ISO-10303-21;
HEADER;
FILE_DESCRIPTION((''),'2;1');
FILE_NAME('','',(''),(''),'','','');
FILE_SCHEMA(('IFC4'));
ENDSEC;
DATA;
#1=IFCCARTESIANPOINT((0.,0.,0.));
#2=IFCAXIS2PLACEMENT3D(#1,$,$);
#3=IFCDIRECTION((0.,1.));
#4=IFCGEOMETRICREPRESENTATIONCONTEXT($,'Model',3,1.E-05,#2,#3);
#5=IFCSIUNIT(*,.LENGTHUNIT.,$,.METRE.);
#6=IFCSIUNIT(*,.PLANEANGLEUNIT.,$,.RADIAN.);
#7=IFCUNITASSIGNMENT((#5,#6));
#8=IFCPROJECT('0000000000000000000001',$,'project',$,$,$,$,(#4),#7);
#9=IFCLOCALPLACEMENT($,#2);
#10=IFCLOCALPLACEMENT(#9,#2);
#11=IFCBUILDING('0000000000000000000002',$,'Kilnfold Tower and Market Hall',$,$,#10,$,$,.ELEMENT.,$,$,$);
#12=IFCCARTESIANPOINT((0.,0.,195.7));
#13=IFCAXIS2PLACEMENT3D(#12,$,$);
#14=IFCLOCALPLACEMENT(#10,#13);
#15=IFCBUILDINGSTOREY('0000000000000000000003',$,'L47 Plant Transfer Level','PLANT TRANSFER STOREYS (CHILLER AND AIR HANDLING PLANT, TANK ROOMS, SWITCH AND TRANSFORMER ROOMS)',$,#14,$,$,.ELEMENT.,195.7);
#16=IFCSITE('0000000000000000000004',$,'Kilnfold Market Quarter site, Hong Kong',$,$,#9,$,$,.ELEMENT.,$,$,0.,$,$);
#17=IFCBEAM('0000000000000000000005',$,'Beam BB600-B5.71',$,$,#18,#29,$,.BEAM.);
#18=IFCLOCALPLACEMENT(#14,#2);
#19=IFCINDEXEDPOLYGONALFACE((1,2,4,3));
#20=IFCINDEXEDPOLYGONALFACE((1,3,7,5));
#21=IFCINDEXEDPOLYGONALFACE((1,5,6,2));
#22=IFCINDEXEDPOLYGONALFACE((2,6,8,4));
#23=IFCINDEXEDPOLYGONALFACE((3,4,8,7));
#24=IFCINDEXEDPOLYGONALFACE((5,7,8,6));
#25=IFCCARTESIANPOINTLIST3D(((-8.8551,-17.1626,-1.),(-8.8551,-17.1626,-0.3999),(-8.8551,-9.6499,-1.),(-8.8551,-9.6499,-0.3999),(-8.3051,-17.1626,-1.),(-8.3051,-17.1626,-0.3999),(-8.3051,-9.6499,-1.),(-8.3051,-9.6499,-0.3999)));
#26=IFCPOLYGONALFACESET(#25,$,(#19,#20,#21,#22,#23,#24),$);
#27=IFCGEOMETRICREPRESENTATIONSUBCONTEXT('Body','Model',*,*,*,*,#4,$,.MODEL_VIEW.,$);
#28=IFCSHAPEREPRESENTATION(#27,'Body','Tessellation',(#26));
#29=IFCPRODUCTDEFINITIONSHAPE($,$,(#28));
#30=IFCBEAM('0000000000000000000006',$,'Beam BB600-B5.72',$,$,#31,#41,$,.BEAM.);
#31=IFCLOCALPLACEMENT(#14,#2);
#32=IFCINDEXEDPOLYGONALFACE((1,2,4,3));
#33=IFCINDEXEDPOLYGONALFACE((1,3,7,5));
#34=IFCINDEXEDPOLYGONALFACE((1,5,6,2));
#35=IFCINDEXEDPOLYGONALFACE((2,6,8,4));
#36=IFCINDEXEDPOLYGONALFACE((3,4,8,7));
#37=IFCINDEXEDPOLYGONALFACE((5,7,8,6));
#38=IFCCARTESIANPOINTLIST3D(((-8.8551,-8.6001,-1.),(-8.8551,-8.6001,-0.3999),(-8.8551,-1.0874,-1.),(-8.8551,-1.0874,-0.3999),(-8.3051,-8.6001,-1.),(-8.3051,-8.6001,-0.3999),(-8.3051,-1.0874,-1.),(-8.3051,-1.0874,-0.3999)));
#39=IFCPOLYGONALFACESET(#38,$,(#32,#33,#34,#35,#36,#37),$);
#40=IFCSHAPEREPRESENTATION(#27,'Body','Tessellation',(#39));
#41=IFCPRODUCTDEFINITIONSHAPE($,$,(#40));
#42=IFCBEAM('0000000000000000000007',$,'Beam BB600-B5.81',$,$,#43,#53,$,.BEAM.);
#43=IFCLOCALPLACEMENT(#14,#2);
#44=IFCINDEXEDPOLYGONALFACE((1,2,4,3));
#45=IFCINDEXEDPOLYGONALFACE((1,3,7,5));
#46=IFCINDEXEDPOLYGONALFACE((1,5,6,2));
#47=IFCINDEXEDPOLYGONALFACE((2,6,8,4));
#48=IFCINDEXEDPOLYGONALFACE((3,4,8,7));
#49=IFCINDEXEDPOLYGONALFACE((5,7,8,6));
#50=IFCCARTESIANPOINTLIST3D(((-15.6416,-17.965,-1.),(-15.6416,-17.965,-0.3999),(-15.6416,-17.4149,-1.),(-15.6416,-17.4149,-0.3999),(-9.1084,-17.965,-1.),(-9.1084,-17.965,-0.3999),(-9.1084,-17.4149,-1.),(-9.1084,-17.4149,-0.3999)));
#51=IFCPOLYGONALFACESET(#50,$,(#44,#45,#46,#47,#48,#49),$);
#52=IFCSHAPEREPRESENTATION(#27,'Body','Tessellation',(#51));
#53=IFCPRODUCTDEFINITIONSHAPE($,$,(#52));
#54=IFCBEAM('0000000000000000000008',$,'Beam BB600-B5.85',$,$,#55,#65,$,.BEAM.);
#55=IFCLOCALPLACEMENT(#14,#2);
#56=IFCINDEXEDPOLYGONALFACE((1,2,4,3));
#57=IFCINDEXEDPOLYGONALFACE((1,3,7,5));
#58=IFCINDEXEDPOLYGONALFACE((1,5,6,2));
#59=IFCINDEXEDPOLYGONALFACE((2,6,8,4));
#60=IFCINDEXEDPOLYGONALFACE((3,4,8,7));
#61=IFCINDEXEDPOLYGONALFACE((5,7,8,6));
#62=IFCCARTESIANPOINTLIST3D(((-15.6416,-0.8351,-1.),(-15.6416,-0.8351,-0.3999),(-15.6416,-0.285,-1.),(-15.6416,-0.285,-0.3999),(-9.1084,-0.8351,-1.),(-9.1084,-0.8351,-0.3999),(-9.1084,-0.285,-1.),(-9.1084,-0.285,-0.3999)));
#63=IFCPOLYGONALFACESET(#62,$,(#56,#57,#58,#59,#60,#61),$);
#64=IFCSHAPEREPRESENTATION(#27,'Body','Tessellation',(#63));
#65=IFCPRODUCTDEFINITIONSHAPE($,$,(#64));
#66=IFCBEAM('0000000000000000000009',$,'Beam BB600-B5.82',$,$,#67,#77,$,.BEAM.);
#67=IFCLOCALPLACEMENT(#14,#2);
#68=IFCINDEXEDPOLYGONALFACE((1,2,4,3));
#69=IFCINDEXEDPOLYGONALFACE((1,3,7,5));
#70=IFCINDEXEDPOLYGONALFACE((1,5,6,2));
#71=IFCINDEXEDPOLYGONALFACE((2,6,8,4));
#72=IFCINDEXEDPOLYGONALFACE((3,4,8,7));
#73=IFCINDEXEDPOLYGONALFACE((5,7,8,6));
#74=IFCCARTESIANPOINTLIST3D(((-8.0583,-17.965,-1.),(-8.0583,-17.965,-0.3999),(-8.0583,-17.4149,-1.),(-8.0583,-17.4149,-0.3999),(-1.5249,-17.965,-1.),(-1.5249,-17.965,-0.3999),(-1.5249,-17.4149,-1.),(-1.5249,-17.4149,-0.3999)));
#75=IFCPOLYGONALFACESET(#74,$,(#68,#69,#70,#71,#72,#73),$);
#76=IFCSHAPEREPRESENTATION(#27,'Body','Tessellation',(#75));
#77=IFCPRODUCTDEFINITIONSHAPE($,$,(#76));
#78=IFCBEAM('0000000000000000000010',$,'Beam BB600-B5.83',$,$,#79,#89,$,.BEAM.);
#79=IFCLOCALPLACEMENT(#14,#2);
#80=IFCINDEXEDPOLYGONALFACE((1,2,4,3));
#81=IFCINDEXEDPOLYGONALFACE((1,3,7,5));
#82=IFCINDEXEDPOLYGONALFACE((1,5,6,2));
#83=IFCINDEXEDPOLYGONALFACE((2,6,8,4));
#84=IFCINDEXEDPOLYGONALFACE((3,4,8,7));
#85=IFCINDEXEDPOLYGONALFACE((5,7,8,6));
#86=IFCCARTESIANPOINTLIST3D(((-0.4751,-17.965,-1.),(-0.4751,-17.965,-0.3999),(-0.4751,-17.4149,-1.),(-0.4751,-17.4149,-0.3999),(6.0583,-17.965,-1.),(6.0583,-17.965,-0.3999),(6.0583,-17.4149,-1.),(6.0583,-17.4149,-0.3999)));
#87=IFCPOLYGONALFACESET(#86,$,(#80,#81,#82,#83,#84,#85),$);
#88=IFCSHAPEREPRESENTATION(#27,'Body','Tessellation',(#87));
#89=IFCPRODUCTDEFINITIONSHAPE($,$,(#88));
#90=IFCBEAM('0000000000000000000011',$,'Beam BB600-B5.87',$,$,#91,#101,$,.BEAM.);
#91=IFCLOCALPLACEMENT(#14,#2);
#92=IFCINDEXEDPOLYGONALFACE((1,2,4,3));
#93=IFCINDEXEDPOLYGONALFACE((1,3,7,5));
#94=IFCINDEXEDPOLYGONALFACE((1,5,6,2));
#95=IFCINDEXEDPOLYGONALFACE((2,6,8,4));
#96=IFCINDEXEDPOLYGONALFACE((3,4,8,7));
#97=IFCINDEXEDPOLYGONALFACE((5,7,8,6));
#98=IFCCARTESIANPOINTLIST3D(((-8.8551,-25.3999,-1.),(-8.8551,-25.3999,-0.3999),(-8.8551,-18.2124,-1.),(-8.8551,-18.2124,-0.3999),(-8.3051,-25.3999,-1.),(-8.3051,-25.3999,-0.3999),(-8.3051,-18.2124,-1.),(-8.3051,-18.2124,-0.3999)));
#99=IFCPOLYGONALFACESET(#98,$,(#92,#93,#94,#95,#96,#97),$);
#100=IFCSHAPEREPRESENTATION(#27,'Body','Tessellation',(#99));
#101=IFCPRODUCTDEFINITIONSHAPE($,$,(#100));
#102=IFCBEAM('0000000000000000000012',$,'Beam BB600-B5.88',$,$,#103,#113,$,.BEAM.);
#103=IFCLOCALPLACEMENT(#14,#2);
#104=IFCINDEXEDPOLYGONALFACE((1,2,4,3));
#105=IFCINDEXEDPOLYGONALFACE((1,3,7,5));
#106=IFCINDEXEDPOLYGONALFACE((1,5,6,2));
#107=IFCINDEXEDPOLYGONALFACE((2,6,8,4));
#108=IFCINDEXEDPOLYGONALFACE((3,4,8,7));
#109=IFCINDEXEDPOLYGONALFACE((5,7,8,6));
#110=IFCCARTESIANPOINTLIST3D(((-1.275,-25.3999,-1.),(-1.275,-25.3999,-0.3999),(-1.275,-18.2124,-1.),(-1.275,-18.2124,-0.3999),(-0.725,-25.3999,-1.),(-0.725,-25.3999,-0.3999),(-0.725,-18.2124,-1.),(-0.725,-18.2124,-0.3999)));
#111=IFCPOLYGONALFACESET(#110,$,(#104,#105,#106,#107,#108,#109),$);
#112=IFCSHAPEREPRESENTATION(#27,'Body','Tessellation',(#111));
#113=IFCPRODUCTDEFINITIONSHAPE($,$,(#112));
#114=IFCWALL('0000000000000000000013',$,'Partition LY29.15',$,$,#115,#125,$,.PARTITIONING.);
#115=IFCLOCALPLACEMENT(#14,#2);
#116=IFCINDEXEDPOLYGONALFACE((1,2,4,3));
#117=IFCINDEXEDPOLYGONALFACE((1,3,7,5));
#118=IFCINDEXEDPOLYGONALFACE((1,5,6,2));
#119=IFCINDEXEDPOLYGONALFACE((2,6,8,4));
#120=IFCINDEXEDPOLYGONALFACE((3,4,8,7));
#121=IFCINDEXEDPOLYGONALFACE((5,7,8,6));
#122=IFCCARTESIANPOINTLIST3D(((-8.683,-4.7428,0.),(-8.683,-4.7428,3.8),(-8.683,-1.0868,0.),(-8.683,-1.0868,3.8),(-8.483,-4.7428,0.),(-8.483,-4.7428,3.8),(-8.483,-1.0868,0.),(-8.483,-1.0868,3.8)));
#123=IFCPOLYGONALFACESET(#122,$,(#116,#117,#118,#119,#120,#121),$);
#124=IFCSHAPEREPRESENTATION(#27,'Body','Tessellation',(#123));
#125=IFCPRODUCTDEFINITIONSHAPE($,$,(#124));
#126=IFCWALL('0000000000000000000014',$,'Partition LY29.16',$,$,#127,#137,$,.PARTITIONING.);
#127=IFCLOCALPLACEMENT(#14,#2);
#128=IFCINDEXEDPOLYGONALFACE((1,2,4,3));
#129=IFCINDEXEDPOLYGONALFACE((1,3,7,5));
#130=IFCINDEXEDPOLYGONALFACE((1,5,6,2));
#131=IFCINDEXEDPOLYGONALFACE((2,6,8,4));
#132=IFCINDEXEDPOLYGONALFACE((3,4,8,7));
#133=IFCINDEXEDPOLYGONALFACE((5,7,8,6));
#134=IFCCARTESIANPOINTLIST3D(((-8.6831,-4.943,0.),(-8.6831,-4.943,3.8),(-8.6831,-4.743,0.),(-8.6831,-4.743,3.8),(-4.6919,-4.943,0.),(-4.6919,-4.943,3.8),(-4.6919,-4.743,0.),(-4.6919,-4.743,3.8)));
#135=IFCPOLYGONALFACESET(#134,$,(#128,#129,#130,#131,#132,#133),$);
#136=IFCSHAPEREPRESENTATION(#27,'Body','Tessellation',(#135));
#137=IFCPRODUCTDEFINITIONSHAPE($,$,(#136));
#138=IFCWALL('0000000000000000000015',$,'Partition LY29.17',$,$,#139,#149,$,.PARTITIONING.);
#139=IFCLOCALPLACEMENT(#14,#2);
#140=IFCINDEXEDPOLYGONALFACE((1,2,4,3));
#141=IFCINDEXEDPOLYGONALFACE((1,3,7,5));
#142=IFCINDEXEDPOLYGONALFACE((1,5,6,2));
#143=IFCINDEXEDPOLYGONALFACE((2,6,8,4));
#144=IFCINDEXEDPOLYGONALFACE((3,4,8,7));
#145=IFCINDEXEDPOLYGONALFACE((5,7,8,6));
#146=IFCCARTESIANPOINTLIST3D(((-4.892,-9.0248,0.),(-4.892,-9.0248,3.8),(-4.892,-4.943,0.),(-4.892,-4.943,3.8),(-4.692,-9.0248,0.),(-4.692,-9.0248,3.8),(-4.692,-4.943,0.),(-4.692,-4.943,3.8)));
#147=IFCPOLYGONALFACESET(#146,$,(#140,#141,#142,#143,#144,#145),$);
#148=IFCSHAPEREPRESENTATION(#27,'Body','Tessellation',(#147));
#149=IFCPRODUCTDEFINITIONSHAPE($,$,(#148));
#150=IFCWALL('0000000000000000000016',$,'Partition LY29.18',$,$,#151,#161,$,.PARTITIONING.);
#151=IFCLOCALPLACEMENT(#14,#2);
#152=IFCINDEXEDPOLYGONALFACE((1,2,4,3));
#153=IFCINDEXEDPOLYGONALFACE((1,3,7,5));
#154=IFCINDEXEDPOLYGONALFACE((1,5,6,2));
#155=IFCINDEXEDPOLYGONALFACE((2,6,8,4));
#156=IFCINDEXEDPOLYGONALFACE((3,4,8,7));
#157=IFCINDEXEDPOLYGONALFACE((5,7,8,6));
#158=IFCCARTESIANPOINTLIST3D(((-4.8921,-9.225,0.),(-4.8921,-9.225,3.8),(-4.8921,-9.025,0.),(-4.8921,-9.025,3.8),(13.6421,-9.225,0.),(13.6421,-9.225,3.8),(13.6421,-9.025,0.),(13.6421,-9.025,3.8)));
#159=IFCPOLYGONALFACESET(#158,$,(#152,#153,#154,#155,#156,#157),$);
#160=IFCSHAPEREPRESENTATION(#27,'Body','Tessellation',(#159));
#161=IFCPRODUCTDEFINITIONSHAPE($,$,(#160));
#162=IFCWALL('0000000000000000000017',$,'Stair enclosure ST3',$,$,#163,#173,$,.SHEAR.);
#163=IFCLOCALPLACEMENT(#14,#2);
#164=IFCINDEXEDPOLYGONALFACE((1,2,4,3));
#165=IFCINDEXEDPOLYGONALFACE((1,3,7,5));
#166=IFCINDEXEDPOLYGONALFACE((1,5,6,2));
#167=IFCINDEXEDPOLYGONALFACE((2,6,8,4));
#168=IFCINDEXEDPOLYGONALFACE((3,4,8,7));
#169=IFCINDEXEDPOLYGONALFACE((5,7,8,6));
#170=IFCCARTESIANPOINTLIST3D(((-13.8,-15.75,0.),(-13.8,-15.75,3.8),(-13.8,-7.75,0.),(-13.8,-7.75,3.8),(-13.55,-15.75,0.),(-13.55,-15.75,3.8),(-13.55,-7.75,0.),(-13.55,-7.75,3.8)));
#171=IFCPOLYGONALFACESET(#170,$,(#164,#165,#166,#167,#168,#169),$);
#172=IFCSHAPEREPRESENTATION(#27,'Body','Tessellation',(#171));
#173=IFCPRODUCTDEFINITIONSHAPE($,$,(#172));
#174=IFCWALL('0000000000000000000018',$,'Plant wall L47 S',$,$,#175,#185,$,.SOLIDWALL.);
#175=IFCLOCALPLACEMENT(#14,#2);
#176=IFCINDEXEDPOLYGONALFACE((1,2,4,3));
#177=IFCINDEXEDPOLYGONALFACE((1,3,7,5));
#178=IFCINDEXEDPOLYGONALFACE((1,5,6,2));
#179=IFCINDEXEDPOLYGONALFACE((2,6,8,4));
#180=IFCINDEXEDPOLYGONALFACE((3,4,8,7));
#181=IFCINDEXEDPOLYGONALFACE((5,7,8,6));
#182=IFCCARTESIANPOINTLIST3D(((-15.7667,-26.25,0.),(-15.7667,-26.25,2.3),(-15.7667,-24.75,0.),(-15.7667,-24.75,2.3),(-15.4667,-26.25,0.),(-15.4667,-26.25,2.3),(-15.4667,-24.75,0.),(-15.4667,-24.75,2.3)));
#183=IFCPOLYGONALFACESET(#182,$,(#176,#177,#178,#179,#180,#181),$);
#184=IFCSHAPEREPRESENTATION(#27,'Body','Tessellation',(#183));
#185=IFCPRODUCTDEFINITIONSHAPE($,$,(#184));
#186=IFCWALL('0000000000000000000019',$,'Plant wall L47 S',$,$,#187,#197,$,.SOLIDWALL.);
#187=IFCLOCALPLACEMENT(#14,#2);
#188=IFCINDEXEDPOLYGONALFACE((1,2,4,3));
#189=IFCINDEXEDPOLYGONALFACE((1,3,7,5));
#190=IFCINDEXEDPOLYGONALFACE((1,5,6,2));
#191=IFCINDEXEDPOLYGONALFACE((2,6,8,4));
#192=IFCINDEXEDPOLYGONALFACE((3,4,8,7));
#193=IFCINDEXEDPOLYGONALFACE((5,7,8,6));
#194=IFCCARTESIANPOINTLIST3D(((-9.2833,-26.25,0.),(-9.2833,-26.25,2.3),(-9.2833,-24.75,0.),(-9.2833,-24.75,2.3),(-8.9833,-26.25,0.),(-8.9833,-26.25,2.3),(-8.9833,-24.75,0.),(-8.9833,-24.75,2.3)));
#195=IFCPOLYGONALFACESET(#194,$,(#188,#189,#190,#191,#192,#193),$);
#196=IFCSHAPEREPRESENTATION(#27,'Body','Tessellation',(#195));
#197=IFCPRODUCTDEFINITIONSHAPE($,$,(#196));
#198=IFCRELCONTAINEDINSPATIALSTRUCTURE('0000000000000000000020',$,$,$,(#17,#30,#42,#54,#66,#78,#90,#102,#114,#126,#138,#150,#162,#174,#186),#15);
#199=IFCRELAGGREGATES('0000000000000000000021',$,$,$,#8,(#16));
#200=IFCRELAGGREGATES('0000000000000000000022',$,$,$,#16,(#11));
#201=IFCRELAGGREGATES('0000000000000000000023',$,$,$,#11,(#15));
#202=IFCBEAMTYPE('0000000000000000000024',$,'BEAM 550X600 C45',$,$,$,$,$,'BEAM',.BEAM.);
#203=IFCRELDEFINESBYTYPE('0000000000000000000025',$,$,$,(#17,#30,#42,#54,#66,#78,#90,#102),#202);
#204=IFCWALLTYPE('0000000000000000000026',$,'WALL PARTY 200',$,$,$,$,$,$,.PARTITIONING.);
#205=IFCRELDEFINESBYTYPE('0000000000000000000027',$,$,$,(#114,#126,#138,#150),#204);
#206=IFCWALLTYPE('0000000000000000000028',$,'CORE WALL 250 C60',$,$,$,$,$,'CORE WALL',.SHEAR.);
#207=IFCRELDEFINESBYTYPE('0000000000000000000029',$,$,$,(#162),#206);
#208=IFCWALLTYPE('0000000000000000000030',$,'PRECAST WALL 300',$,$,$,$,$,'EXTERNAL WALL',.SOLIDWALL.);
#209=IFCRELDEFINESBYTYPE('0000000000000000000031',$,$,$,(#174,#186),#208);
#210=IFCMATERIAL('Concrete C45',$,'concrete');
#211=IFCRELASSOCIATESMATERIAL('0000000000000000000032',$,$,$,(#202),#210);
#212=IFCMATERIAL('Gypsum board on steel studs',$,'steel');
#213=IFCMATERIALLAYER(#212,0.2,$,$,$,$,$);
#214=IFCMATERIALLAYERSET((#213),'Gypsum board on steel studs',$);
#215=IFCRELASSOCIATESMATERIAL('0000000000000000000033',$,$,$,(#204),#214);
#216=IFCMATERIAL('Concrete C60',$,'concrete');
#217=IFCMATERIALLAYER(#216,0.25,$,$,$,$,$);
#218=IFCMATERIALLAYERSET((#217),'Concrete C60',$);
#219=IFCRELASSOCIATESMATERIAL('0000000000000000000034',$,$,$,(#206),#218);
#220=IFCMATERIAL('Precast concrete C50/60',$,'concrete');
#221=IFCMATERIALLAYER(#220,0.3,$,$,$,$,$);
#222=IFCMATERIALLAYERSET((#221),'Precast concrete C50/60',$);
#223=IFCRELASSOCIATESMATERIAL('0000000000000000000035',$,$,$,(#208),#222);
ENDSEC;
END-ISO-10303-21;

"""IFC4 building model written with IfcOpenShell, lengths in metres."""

from ifc_helpers import new_model, si_unit, direction, frame, frame_2d, origin, origin_2d, place, context, subcontext, project, spatial, rectangle, extrude, source, transform, mapped, material, layer, layer_set, material_profile, profile_set, type_object, element, save


model = new_model("IFC4")

# Units and contexts
model_context = context("Model", 3, precision=1e-05, world=origin(), true_north=direction((0.0, 1.0)))
body_context = subcontext(model_context, "Body", "Model", "MODEL_VIEW")
ifc_project = project(units=[si_unit("LENGTHUNIT", "METRE"), si_unit("PLANEANGLEUNIT", "RADIAN")], contexts=[model_context])

# Site, building, storey
site_placement = place(None, origin())
site = spatial("IfcSite", under=ifc_project, at=site_placement, Name="Kilnfold Market Quarter site, Hong Kong", CompositionType="ELEMENT", RefElevation=0.0)
building_placement = place(site_placement, origin())
building = spatial("IfcBuilding", under=site, at=building_placement, Name="Kilnfold Tower and Market Hall", CompositionType="ELEMENT")
storey_placement = place(building_placement, frame((0.0, 0.0, 195.7)))
storey = spatial("IfcBuildingStorey", under=building, at=storey_placement, Name="L47 Plant Transfer Level", Description="PLANT TRANSFER STOREYS (CHILLER AND AIR HANDLING PLANT, TANK ROOMS, SWITCH AND TRANSFORMER ROOMS)", CompositionType="ELEMENT", Elevation=195.7)

# Beams
ifc_material_1 = material(Name="Concrete C45", Category="concrete")
ifc_material_profile_1 = material_profile(ifc_material_1, rectangle(XDim=0.55, YDim=0.6001, at=origin_2d()), Name="RC 550x600")
ifc_profile_set_1 = profile_set([ifc_material_profile_1], Name="Concrete C45")
beam_type_1 = type_object("IfcBeamType", Name="BEAM 550X600 C45", ElementType="BEAM", PredefinedType="BEAM", material=ifc_profile_set_1)
shared_shape_1 = source(origin(), body_context, "Body", "SweptSolid", [
    extrude(rectangle(XDim=0.55, YDim=0.6001, at=origin_2d()), origin(), (0.0, 0.0, 1.0), 7.5127),
])
for number, where, z_axis, x_axis, name in (
    (1, (-8.5801, -17.1626, -0.7), (0.0, 1.0, 0.0), (-1.0, 0.0, 0.0), "Beam BB600-B5.71"),
    (2, (-8.5801, -8.6001, -0.7), (0.0, 1.0, 0.0), (-1.0, 0.0, 0.0), "Beam BB600-B5.72"),
):
    element("IfcBeam", number, at=place(storey_placement, frame(where, z_axis=z_axis, x_axis=x_axis)), inside=storey, type_object=beam_type_1, Name=name, PredefinedType="BEAM", context=body_context, shape_type="MappedRepresentation", body=[
        mapped(shared_shape_1, transform((0.0, 0.0, 0.0))),
    ])
shared_shape_2 = source(origin(), body_context, "Body", "SweptSolid", [
    extrude(rectangle(XDim=0.55, YDim=0.6001, at=origin_2d()), origin(), (0.0, 0.0, 1.0), 6.5332),
])
for number, where, z_axis, x_axis, name in (
    (3, (-15.6416, -17.6899, -0.7), (1.0, 0.0, 0.0), (0.0, 1.0, 0.0), "Beam BB600-B5.81"),
    (4, (-15.6416, -0.5601, -0.7), (1.0, 0.0, 0.0), (0.0, 1.0, 0.0), "Beam BB600-B5.85"),
):
    element("IfcBeam", number, at=place(storey_placement, frame(where, z_axis=z_axis, x_axis=x_axis)), inside=storey, type_object=beam_type_1, Name=name, PredefinedType="BEAM", context=body_context, shape_type="MappedRepresentation", body=[
        mapped(shared_shape_2, transform((0.0, 0.0, 0.0))),
    ])
shared_shape_3 = source(origin(), body_context, "Body", "SweptSolid", [
    extrude(rectangle(XDim=0.55, YDim=0.6001, at=origin_2d()), origin(), (0.0, 0.0, 1.0), 6.5334),
])
for number, where, z_axis, x_axis, name in (
    (5, (-8.0583, -17.6899, -0.7), (1.0, 0.0, 0.0), (0.0, 1.0, 0.0), "Beam BB600-B5.82"),
    (6, (-0.4751, -17.6899, -0.7), (1.0, 0.0, 0.0), (0.0, 1.0, 0.0), "Beam BB600-B5.83"),
):
    element("IfcBeam", number, at=place(storey_placement, frame(where, z_axis=z_axis, x_axis=x_axis)), inside=storey, type_object=beam_type_1, Name=name, PredefinedType="BEAM", context=body_context, shape_type="MappedRepresentation", body=[
        mapped(shared_shape_3, transform((0.0, 0.0, 0.0))),
    ])
shared_shape_4 = source(origin(), body_context, "Body", "SweptSolid", [
    extrude(rectangle(XDim=0.55, YDim=0.6001, at=origin_2d()), origin(), (0.0, 0.0, 1.0), 7.1875),
])
for number, where, z_axis, x_axis, name in (
    (7, (-8.5801, -25.3999, -0.7), (0.0, 1.0, 0.0), (-1.0, 0.0, 0.0), "Beam BB600-B5.87"),
    (8, (-1.0, -25.3999, -0.7), (0.0, 1.0, 0.0), (-1.0, 0.0, 0.0), "Beam BB600-B5.88"),
):
    element("IfcBeam", number, at=place(storey_placement, frame(where, z_axis=z_axis, x_axis=x_axis)), inside=storey, type_object=beam_type_1, Name=name, PredefinedType="BEAM", context=body_context, shape_type="MappedRepresentation", body=[
        mapped(shared_shape_4, transform((0.0, 0.0, 0.0))),
    ])

# Walls
ifc_material_2 = material(Name="Gypsum board on steel studs", Category="steel")
ifc_layer_1 = layer(ifc_material_2, 0.2)
ifc_layer_set_1 = layer_set([ifc_layer_1], Name="Gypsum board on steel studs")
wall_type_1 = type_object("IfcWallType", Name="WALL PARTY 200", PredefinedType="PARTITIONING", material=ifc_layer_set_1)
wall_1_placement = place(storey_placement, frame((-8.583, -4.7429, 0.0), z_axis=(0.0, 0.0, 1.0), x_axis=(0.0, 1.0, 0.0)))
element("IfcWall", 9, at=wall_1_placement, inside=storey, type_object=wall_type_1, Name="Partition LY29.15", PredefinedType="PARTITIONING", context=body_context, shape_type="SweptSolid", body=[
    extrude(rectangle(XDim=3.656, YDim=0.2, at=frame_2d((1.8281, 0.0))), origin(), (0.0, 0.0, 1.0), 3.8),
])
wall_2_placement = place(storey_placement, frame((-8.6831, -4.843, 0.0), z_axis=(0.0, 0.0, 1.0), x_axis=(1.0, 0.0, 0.0)))
element("IfcWall", 10, at=wall_2_placement, inside=storey, type_object=wall_type_1, Name="Partition LY29.16", PredefinedType="PARTITIONING", context=body_context, shape_type="SweptSolid", body=[
    extrude(rectangle(XDim=3.9912, YDim=0.2, at=frame_2d((1.9956, 0.0))), origin(), (0.0, 0.0, 1.0), 3.8),
])
wall_3_placement = place(storey_placement, frame((-4.792, -9.0249, 0.0), z_axis=(0.0, 0.0, 1.0), x_axis=(0.0, 1.0, 0.0)))
element("IfcWall", 11, at=wall_3_placement, inside=storey, type_object=wall_type_1, Name="Partition LY29.17", PredefinedType="PARTITIONING", context=body_context, shape_type="SweptSolid", body=[
    extrude(rectangle(XDim=4.0818, YDim=0.2, at=frame_2d((2.041, 0.0))), origin(), (0.0, 0.0, 1.0), 3.8),
])
wall_4_placement = place(storey_placement, frame((-4.8921, -9.125, 0.0), z_axis=(0.0, 0.0, 1.0), x_axis=(1.0, 0.0, 0.0)))
element("IfcWall", 12, at=wall_4_placement, inside=storey, type_object=wall_type_1, Name="Partition LY29.18", PredefinedType="PARTITIONING", context=body_context, shape_type="SweptSolid", body=[
    extrude(rectangle(XDim=18.5342, YDim=0.2, at=frame_2d((9.2671, 0.0))), origin(), (0.0, 0.0, 1.0), 3.8),
])
ifc_material_3 = material(Name="Concrete C60", Category="concrete")
ifc_layer_2 = layer(ifc_material_3, 0.25)
ifc_layer_set_2 = layer_set([ifc_layer_2], Name="Concrete C60")
wall_type_2 = type_object("IfcWallType", Name="CORE WALL 250 C60", ElementType="CORE WALL", PredefinedType="SHEAR", material=ifc_layer_set_2)
shared_shape_5 = source(origin(), body_context, "Body", "SweptSolid", [
    extrude(rectangle(XDim=8.0, YDim=0.25, at=frame_2d((4.0, 0.0))), origin(), (0.0, 0.0, 1.0), 3.8),
])
wall_5_placement = place(storey_placement, frame((-13.675, -15.75, 0.0), z_axis=(0.0, 0.0, 1.0), x_axis=(0.0, 1.0, 0.0)))
element("IfcWall", 13, at=wall_5_placement, inside=storey, type_object=wall_type_2, Name="Stair enclosure ST3", PredefinedType="SHEAR", context=body_context, shape_type="MappedRepresentation", body=[
    mapped(shared_shape_5, transform((0.0, 0.0, 0.0))),
])
ifc_material_4 = material(Name="Precast concrete C50/60", Category="concrete")
ifc_layer_3 = layer(ifc_material_4, 0.3)
ifc_layer_set_3 = layer_set([ifc_layer_3], Name="Precast concrete C50/60")
wall_type_3 = type_object("IfcWallType", Name="PRECAST WALL 300", ElementType="EXTERNAL WALL", PredefinedType="SOLIDWALL", material=ifc_layer_set_3)
shared_shape_6 = source(origin(), body_context, "Body", "SweptSolid", [
    extrude(rectangle(XDim=1.5, YDim=0.3, at=frame_2d((0.75, 0.0))), origin(), (0.0, 0.0, 1.0), 2.3),
])
for number, where, z_axis, x_axis, name in (
    (14, (-15.6167, -26.25, 0.0), (0.0, 0.0, 1.0), (0.0, 1.0, 0.0), "Plant wall L47 S"),
    (15, (-9.1333, -26.25, 0.0), (0.0, 0.0, 1.0), (0.0, 1.0, 0.0), "Plant wall L47 S"),
):
    element("IfcWall", number, at=place(storey_placement, frame(where, z_axis=z_axis, x_axis=x_axis)), inside=storey, type_object=wall_type_3, Name=name, PredefinedType="SOLIDWALL", context=body_context, shape_type="MappedRepresentation", body=[
        mapped(shared_shape_6, transform((0.0, 0.0, 0.0))),
    ])

save(model, "model.ifc")
